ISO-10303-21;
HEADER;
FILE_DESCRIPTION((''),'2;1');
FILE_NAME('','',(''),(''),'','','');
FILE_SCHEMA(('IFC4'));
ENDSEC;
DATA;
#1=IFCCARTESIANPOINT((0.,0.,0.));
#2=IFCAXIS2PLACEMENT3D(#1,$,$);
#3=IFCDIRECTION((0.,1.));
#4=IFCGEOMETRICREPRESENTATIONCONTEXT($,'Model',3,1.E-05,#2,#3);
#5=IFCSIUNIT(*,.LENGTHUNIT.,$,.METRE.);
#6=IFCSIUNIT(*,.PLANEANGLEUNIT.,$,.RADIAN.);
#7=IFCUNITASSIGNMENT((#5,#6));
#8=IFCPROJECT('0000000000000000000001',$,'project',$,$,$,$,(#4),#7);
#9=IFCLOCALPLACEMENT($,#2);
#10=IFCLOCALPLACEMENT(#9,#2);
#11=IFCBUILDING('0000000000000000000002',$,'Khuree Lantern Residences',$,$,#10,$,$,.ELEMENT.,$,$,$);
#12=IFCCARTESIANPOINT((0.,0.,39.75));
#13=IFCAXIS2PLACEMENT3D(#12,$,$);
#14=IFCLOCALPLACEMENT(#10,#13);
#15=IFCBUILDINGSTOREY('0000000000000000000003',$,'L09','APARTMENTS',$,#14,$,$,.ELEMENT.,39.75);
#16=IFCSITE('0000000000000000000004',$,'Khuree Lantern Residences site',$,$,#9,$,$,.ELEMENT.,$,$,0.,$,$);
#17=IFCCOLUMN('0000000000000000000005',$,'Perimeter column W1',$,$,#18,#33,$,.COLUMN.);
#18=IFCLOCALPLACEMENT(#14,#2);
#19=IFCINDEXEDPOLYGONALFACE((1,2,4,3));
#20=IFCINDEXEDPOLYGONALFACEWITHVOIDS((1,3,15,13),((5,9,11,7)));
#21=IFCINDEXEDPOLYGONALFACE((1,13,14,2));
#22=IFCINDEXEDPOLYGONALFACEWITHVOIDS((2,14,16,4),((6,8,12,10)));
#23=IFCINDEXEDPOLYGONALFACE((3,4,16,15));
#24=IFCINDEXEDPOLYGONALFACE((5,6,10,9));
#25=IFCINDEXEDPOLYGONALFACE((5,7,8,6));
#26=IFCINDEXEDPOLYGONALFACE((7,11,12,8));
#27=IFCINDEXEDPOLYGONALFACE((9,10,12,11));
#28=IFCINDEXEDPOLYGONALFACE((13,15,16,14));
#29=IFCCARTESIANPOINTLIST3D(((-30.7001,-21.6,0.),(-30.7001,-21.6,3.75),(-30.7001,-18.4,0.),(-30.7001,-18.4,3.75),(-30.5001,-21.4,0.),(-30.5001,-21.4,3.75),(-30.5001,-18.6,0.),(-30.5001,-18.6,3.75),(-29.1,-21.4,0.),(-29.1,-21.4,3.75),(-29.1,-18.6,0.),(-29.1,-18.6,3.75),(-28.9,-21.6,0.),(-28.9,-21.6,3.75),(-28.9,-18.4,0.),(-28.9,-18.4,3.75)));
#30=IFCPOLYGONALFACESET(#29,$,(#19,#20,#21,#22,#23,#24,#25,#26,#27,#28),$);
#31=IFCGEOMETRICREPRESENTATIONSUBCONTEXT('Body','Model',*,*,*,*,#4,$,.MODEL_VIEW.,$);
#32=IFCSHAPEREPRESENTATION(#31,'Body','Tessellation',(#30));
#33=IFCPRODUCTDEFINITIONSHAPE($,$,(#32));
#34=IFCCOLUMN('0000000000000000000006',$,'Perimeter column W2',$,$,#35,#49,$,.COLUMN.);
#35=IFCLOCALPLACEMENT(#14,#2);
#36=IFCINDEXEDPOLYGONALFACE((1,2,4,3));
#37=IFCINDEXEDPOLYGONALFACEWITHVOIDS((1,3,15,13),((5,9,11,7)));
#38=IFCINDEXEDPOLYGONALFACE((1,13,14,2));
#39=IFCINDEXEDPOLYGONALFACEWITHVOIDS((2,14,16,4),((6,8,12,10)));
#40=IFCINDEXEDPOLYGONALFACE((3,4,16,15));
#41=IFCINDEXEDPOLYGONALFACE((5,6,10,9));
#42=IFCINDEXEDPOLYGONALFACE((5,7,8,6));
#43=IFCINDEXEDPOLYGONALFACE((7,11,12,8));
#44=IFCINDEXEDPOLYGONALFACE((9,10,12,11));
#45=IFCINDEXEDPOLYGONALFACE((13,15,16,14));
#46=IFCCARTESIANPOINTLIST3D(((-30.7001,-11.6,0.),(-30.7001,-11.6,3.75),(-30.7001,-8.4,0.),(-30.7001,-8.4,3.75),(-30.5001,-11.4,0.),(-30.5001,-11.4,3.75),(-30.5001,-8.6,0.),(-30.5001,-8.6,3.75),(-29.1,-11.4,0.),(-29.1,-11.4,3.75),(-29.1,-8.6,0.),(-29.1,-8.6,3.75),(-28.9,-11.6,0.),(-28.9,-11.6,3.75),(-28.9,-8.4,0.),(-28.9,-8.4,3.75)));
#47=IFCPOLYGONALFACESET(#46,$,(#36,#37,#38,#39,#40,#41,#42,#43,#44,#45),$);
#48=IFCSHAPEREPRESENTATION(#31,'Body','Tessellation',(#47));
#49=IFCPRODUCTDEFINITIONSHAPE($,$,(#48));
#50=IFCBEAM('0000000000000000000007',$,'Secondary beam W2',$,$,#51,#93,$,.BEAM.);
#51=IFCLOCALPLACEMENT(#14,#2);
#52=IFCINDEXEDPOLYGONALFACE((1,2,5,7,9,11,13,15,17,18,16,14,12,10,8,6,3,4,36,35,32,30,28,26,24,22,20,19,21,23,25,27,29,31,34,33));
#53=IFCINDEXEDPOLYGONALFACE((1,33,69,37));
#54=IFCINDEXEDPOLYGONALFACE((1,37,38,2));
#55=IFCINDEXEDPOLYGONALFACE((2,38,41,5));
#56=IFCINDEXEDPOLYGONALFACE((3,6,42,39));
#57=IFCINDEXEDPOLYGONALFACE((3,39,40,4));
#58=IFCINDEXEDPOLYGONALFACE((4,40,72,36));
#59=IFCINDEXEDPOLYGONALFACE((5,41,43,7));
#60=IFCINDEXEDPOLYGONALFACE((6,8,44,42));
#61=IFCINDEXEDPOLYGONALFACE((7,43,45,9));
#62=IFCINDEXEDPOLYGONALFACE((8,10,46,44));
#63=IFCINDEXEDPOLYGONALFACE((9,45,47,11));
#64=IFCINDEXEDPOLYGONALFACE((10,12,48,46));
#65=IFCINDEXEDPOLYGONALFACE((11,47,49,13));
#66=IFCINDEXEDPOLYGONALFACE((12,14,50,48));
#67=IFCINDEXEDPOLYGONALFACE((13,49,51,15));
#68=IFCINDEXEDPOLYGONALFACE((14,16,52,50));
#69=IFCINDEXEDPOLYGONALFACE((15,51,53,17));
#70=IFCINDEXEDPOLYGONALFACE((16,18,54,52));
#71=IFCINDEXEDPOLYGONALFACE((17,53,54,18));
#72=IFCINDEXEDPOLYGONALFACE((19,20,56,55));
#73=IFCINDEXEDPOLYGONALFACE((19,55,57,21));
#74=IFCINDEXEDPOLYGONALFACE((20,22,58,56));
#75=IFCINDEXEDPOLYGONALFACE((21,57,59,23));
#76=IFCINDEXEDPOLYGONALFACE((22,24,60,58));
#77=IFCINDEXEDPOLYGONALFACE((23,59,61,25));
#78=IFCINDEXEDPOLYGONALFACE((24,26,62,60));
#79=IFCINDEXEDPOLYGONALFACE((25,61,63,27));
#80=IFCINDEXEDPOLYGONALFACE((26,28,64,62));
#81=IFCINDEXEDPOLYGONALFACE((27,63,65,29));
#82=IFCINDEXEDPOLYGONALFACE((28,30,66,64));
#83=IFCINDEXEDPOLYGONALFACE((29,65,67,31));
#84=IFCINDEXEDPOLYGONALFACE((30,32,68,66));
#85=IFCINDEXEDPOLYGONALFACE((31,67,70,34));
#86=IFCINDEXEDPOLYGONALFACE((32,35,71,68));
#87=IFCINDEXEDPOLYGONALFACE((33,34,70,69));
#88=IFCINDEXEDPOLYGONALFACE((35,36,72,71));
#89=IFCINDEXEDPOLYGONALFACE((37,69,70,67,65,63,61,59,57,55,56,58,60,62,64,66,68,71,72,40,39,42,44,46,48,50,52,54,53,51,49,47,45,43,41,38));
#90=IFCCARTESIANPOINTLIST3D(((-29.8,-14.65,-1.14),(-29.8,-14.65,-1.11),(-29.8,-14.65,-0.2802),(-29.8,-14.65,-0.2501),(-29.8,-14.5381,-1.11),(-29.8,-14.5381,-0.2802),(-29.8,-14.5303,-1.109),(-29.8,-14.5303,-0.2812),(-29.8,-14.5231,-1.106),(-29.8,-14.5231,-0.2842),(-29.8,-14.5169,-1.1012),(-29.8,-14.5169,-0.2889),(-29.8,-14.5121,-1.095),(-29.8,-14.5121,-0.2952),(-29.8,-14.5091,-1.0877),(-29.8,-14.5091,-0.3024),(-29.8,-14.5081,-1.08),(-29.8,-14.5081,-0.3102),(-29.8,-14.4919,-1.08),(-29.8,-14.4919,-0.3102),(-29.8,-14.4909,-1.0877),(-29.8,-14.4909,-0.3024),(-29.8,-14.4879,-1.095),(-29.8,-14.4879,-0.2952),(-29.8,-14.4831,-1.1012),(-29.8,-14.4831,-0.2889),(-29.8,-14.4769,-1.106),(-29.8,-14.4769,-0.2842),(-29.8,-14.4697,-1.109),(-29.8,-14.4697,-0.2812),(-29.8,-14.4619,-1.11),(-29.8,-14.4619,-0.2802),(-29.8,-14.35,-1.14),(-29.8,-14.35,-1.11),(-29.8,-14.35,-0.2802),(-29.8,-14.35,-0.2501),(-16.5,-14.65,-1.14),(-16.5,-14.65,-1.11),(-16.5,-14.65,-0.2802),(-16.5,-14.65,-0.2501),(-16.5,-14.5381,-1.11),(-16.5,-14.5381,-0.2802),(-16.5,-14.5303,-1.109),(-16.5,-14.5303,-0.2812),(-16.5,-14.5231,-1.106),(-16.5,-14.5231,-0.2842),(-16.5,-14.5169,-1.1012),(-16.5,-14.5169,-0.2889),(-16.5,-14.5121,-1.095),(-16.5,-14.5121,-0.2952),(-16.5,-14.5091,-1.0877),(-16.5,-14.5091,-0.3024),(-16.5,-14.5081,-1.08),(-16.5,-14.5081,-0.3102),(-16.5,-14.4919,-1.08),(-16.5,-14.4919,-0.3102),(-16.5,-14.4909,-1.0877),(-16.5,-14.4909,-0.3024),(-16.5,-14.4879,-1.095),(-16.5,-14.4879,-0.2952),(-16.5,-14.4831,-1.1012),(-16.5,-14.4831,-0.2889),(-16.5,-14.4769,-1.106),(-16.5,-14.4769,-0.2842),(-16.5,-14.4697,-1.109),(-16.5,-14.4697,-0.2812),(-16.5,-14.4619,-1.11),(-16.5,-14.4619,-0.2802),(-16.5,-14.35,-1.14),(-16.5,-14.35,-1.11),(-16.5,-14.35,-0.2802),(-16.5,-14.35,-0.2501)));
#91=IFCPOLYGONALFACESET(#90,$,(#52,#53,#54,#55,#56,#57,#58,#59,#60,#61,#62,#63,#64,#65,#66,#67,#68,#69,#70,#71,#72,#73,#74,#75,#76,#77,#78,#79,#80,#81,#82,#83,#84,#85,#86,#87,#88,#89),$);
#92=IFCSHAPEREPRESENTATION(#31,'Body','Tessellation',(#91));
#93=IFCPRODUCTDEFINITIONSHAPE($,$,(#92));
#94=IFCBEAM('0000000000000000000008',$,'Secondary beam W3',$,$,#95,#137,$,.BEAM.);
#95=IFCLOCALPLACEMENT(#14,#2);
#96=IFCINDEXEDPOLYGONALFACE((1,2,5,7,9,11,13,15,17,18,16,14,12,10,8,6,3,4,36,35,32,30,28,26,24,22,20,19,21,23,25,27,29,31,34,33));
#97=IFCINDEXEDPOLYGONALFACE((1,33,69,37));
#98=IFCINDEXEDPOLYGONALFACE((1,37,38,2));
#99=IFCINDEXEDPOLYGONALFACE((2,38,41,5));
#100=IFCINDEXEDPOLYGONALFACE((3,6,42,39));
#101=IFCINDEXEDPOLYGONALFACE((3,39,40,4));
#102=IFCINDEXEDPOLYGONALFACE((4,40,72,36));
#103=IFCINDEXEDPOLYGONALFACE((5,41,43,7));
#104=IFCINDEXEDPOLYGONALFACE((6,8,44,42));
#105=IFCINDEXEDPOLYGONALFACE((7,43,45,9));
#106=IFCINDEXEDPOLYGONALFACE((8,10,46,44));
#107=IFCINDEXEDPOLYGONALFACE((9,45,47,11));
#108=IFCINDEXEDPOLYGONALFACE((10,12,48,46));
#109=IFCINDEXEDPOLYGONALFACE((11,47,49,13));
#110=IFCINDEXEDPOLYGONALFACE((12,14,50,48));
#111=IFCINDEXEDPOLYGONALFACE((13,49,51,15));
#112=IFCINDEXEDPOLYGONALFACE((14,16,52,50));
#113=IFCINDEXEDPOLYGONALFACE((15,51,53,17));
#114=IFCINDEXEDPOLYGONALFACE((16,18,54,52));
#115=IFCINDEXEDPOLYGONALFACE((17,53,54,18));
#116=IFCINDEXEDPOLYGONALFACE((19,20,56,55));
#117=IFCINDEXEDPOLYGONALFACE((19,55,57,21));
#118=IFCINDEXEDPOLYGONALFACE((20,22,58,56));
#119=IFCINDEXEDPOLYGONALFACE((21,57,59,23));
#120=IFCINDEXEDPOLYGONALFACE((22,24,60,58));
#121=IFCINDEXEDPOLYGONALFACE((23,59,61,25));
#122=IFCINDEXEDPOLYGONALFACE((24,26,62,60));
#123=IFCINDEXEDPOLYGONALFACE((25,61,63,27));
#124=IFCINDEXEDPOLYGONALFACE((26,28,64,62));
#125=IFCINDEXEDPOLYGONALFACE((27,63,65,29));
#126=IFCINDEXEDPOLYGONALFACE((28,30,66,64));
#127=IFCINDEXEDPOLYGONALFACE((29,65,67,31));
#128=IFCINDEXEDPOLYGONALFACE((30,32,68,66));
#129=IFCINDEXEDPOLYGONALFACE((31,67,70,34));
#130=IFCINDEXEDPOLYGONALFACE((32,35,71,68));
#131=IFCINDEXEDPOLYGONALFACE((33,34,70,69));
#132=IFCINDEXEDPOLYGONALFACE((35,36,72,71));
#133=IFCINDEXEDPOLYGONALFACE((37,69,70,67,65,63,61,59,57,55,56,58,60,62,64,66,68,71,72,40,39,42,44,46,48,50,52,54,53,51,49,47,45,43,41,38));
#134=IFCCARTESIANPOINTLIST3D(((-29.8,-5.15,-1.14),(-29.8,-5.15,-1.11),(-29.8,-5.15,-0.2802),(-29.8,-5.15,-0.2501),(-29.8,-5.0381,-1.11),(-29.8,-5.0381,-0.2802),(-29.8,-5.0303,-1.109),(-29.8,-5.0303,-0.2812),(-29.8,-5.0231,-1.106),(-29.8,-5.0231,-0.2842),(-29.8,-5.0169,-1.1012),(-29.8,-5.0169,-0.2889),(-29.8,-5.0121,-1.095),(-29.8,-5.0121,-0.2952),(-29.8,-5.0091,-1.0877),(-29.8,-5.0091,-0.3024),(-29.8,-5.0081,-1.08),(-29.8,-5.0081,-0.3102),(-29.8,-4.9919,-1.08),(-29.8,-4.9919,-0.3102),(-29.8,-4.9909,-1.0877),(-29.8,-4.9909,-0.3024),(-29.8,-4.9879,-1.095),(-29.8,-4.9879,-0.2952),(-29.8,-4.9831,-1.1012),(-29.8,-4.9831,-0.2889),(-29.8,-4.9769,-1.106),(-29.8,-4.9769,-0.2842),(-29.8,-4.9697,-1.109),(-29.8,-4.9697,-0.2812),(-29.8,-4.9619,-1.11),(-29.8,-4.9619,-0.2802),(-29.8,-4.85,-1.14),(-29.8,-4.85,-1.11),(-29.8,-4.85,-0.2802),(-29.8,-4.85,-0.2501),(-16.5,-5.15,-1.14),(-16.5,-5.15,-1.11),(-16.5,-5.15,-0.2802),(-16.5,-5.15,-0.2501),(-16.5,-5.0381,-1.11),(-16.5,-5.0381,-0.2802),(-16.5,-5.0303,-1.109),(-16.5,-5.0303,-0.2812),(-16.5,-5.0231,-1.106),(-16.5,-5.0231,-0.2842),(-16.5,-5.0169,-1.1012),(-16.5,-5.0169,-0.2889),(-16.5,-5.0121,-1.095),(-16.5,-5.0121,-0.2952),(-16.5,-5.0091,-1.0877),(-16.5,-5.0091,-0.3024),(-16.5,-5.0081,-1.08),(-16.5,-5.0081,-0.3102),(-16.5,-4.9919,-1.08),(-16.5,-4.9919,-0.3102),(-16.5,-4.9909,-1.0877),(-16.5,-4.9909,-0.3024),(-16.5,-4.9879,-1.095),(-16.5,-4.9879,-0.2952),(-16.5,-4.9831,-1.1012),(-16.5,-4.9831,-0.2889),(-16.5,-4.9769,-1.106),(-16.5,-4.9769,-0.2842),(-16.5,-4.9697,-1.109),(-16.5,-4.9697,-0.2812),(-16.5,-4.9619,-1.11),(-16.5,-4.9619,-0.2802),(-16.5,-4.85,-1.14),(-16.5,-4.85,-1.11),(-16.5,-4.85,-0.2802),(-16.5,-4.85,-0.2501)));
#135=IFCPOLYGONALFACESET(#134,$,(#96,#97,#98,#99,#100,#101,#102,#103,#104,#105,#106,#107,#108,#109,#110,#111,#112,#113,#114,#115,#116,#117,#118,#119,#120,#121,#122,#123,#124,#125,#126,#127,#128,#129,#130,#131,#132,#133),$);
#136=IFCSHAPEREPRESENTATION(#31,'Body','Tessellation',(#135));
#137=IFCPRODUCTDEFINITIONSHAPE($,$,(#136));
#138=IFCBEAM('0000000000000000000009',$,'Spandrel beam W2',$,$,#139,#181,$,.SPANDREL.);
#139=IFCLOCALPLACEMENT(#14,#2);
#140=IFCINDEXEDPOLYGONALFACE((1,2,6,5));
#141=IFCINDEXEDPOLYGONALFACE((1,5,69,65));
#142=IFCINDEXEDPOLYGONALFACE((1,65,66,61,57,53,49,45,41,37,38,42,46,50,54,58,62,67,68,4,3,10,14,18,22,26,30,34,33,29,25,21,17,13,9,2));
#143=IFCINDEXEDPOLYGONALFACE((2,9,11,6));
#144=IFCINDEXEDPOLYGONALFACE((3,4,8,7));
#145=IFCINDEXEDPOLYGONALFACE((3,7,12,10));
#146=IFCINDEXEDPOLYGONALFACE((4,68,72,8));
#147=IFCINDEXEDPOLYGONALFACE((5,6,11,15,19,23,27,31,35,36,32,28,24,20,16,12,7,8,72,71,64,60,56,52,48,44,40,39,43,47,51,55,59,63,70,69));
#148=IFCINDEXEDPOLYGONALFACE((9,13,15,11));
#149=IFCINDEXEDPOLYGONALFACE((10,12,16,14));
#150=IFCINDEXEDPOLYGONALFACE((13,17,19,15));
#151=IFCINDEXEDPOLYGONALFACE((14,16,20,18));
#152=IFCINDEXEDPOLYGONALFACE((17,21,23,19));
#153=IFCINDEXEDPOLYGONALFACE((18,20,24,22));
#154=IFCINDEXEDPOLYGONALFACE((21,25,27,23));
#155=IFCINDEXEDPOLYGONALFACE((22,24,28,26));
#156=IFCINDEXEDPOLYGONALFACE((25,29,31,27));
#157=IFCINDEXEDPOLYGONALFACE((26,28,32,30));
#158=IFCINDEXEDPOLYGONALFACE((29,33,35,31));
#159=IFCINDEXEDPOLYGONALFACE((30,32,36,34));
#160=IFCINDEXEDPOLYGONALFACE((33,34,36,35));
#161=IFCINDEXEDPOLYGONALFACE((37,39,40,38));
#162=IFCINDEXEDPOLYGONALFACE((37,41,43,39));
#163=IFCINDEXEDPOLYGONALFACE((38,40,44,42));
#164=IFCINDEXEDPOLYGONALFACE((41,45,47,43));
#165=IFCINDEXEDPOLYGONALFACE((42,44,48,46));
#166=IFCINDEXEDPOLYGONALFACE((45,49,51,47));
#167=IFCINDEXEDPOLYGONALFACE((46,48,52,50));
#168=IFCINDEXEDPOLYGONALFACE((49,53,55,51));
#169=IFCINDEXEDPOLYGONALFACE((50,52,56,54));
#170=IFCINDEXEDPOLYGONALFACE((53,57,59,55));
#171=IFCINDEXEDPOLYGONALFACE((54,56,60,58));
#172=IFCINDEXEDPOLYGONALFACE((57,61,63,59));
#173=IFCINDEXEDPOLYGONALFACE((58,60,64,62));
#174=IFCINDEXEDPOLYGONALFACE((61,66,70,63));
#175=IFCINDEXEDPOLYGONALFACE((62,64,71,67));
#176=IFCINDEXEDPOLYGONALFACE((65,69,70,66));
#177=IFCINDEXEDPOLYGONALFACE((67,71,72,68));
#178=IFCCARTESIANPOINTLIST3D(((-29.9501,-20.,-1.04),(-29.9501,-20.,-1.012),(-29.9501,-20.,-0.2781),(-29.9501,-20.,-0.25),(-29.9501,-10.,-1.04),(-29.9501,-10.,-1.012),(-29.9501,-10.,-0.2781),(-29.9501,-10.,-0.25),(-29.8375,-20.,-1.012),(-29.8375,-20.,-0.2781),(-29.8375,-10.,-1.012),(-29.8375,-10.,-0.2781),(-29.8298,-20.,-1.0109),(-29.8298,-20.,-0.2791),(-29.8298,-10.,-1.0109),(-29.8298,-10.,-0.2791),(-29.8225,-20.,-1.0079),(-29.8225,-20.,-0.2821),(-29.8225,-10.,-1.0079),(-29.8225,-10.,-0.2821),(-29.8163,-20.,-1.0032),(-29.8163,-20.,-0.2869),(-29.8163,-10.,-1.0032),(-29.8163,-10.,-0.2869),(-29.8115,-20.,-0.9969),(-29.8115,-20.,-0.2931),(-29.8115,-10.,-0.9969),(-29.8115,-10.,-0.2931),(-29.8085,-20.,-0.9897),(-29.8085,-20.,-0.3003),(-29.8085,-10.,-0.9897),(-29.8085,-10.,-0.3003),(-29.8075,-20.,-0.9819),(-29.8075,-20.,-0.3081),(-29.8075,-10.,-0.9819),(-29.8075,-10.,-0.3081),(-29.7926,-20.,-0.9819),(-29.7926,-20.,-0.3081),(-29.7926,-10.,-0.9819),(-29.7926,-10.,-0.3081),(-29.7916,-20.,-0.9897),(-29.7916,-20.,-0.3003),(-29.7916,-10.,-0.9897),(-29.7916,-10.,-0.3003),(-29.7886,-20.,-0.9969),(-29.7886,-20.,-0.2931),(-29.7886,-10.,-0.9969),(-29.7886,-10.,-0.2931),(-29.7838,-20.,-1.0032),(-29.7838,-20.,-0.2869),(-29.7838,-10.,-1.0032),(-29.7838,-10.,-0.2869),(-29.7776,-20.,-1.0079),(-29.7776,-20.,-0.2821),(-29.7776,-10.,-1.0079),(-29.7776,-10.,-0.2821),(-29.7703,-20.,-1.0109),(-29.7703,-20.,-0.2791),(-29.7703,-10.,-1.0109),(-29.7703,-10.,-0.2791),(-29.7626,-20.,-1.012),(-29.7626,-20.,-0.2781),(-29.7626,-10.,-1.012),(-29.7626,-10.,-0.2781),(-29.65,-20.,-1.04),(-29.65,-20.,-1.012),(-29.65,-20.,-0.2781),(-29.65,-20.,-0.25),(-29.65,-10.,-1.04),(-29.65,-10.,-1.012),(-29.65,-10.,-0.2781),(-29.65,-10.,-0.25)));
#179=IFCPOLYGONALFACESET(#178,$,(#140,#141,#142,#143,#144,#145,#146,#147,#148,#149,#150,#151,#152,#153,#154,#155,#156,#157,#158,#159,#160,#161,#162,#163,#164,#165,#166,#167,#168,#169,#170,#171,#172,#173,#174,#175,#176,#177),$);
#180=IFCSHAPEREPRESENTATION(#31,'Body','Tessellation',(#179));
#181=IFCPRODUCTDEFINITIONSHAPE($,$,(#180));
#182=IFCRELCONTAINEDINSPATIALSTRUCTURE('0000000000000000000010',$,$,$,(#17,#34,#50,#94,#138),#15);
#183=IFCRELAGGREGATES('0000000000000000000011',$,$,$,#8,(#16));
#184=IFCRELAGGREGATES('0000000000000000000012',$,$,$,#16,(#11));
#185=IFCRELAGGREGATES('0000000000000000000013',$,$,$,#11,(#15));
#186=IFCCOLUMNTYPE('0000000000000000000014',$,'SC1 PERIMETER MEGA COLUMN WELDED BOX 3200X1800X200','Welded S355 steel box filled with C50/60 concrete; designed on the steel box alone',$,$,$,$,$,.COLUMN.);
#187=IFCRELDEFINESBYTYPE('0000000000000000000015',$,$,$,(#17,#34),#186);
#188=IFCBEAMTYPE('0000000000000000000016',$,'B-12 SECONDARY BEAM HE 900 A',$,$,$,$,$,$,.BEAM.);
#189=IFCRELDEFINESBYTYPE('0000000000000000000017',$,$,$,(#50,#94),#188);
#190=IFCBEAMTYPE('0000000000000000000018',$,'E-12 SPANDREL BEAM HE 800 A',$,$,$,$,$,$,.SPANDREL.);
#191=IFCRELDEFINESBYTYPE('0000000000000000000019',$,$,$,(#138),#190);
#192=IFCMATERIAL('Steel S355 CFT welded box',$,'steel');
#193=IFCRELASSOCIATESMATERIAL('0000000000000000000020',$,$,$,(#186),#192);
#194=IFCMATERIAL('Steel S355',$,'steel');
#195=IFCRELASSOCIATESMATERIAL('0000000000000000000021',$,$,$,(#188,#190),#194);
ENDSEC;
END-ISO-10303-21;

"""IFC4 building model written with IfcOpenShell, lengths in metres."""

from ifc_helpers import new_model, si_unit, direction, frame, origin, origin_2d, place, context, subcontext, project, spatial, hollow_rectangle, i_section, extrude, material, material_profile, profile_set, type_object, element, save


model = new_model("IFC4")

# Units and contexts
model_context = context("Model", 3, precision=1e-05, world=origin(), true_north=direction((0.0, 1.0)))
body_context = subcontext(model_context, "Body", "Model", "MODEL_VIEW")
ifc_project = project(units=[si_unit("LENGTHUNIT", "METRE"), si_unit("PLANEANGLEUNIT", "RADIAN")], contexts=[model_context])

# Site, building, storey
site_placement = place(None, origin())
site = spatial("IfcSite", under=ifc_project, at=site_placement, Name="Khuree Lantern Residences site", CompositionType="ELEMENT", RefElevation=0.0)
building_placement = place(site_placement, origin())
building = spatial("IfcBuilding", under=site, at=building_placement, Name="Khuree Lantern Residences", CompositionType="ELEMENT")
storey_placement = place(building_placement, frame((0.0, 0.0, 39.75)))
storey = spatial("IfcBuildingStorey", under=building, at=storey_placement, Name="L09", Description="APARTMENTS", CompositionType="ELEMENT", Elevation=39.75)

# Columns
ifc_material_1 = material(Name="Steel S355 CFT welded box", Category="steel")
ifc_material_profile_1 = material_profile(ifc_material_1, hollow_rectangle(XDim=3.2, YDim=1.8, WallThickness=0.2, at=origin_2d()), Name="WELDED BOX 3200X1800X200")
ifc_profile_set_1 = profile_set([ifc_material_profile_1], Name="Steel S355 CFT welded box")
column_type = type_object("IfcColumnType", Name="SC1 PERIMETER MEGA COLUMN WELDED BOX 3200X1800X200", Description="Welded S355 steel box filled with C50/60 concrete; designed on the steel box alone", PredefinedType="COLUMN", material=ifc_profile_set_1)
for number, where, z_axis, x_axis, name in (
    (1, (-29.8, -20.0, 0.0), (0.0, 0.0, 1.0), (0.0, 1.0, 0.0), "Perimeter column W1"),
    (2, (-29.8, -10.0, 0.0), (0.0, 0.0, 1.0), (0.0, 1.0, 0.0), "Perimeter column W2"),
):
    element("IfcColumn", number, at=place(storey_placement, frame(where, z_axis=z_axis, x_axis=x_axis)), inside=storey, type_object=column_type, Name=name, PredefinedType="COLUMN", context=body_context, shape_type="SweptSolid", body=[
        extrude(hollow_rectangle(XDim=3.2, YDim=1.8, WallThickness=0.2, at=origin_2d()), origin(), (0.0, 0.0, 1.0), 3.75),
    ])

# Beams
ifc_material_2 = material(Name="Steel S355", Category="steel")
ifc_material_profile_2 = material_profile(ifc_material_2, i_section(OverallWidth=0.3, OverallDepth=0.8899, WebThickness=0.0161, FlangeThickness=0.03, FilletRadius=0.03, at=origin_2d()), Name="HE 900 A")
ifc_profile_set_2 = profile_set([ifc_material_profile_2], Name="Steel S355")
beam_type_1 = type_object("IfcBeamType", Name="B-12 SECONDARY BEAM HE 900 A", PredefinedType="BEAM", material=ifc_profile_set_2)
for number, where, z_axis, x_axis, name in (
    (3, (-29.8, -14.5, -0.6951), (1.0, 0.0, 0.0), (0.0, 1.0, 0.0), "Secondary beam W2"),
    (4, (-29.8, -5.0, -0.6951), (1.0, 0.0, 0.0), (0.0, 1.0, 0.0), "Secondary beam W3"),
):
    element("IfcBeam", number, at=place(storey_placement, frame(where, z_axis=z_axis, x_axis=x_axis)), inside=storey, type_object=beam_type_1, Name=name, PredefinedType="BEAM", context=body_context, shape_type="SweptSolid", body=[
        extrude(i_section(OverallWidth=0.3, OverallDepth=0.8899, WebThickness=0.0161, FlangeThickness=0.03, FilletRadius=0.03, at=origin_2d()), origin(), (0.0, 0.0, 1.0), 13.3),
    ])
ifc_material_profile_3 = material_profile(ifc_material_2, i_section(OverallWidth=0.3, OverallDepth=0.79, WebThickness=0.0149, FlangeThickness=0.0281, FilletRadius=0.03, at=origin_2d()), Name="HE 800 A")
ifc_profile_set_3 = profile_set([ifc_material_profile_3], Name="Steel S355")
beam_type_2 = type_object("IfcBeamType", Name="E-12 SPANDREL BEAM HE 800 A", PredefinedType="SPANDREL", material=ifc_profile_set_3)
for number, where, z_axis, x_axis, name in (
    (5, (-29.8, -20.0, -0.645), (0.0, 1.0, 0.0), (-1.0, 0.0, 0.0), "Spandrel beam W2"),
):
    element("IfcBeam", number, at=place(storey_placement, frame(where, z_axis=z_axis, x_axis=x_axis)), inside=storey, type_object=beam_type_2, Name=name, PredefinedType="SPANDREL", context=body_context, shape_type="SweptSolid", body=[
        extrude(i_section(OverallWidth=0.3, OverallDepth=0.79, WebThickness=0.0149, FlangeThickness=0.0281, FilletRadius=0.03, at=origin_2d()), origin(), (0.0, 0.0, 1.0), 10.0),
    ])

save(model, "model.ifc")
